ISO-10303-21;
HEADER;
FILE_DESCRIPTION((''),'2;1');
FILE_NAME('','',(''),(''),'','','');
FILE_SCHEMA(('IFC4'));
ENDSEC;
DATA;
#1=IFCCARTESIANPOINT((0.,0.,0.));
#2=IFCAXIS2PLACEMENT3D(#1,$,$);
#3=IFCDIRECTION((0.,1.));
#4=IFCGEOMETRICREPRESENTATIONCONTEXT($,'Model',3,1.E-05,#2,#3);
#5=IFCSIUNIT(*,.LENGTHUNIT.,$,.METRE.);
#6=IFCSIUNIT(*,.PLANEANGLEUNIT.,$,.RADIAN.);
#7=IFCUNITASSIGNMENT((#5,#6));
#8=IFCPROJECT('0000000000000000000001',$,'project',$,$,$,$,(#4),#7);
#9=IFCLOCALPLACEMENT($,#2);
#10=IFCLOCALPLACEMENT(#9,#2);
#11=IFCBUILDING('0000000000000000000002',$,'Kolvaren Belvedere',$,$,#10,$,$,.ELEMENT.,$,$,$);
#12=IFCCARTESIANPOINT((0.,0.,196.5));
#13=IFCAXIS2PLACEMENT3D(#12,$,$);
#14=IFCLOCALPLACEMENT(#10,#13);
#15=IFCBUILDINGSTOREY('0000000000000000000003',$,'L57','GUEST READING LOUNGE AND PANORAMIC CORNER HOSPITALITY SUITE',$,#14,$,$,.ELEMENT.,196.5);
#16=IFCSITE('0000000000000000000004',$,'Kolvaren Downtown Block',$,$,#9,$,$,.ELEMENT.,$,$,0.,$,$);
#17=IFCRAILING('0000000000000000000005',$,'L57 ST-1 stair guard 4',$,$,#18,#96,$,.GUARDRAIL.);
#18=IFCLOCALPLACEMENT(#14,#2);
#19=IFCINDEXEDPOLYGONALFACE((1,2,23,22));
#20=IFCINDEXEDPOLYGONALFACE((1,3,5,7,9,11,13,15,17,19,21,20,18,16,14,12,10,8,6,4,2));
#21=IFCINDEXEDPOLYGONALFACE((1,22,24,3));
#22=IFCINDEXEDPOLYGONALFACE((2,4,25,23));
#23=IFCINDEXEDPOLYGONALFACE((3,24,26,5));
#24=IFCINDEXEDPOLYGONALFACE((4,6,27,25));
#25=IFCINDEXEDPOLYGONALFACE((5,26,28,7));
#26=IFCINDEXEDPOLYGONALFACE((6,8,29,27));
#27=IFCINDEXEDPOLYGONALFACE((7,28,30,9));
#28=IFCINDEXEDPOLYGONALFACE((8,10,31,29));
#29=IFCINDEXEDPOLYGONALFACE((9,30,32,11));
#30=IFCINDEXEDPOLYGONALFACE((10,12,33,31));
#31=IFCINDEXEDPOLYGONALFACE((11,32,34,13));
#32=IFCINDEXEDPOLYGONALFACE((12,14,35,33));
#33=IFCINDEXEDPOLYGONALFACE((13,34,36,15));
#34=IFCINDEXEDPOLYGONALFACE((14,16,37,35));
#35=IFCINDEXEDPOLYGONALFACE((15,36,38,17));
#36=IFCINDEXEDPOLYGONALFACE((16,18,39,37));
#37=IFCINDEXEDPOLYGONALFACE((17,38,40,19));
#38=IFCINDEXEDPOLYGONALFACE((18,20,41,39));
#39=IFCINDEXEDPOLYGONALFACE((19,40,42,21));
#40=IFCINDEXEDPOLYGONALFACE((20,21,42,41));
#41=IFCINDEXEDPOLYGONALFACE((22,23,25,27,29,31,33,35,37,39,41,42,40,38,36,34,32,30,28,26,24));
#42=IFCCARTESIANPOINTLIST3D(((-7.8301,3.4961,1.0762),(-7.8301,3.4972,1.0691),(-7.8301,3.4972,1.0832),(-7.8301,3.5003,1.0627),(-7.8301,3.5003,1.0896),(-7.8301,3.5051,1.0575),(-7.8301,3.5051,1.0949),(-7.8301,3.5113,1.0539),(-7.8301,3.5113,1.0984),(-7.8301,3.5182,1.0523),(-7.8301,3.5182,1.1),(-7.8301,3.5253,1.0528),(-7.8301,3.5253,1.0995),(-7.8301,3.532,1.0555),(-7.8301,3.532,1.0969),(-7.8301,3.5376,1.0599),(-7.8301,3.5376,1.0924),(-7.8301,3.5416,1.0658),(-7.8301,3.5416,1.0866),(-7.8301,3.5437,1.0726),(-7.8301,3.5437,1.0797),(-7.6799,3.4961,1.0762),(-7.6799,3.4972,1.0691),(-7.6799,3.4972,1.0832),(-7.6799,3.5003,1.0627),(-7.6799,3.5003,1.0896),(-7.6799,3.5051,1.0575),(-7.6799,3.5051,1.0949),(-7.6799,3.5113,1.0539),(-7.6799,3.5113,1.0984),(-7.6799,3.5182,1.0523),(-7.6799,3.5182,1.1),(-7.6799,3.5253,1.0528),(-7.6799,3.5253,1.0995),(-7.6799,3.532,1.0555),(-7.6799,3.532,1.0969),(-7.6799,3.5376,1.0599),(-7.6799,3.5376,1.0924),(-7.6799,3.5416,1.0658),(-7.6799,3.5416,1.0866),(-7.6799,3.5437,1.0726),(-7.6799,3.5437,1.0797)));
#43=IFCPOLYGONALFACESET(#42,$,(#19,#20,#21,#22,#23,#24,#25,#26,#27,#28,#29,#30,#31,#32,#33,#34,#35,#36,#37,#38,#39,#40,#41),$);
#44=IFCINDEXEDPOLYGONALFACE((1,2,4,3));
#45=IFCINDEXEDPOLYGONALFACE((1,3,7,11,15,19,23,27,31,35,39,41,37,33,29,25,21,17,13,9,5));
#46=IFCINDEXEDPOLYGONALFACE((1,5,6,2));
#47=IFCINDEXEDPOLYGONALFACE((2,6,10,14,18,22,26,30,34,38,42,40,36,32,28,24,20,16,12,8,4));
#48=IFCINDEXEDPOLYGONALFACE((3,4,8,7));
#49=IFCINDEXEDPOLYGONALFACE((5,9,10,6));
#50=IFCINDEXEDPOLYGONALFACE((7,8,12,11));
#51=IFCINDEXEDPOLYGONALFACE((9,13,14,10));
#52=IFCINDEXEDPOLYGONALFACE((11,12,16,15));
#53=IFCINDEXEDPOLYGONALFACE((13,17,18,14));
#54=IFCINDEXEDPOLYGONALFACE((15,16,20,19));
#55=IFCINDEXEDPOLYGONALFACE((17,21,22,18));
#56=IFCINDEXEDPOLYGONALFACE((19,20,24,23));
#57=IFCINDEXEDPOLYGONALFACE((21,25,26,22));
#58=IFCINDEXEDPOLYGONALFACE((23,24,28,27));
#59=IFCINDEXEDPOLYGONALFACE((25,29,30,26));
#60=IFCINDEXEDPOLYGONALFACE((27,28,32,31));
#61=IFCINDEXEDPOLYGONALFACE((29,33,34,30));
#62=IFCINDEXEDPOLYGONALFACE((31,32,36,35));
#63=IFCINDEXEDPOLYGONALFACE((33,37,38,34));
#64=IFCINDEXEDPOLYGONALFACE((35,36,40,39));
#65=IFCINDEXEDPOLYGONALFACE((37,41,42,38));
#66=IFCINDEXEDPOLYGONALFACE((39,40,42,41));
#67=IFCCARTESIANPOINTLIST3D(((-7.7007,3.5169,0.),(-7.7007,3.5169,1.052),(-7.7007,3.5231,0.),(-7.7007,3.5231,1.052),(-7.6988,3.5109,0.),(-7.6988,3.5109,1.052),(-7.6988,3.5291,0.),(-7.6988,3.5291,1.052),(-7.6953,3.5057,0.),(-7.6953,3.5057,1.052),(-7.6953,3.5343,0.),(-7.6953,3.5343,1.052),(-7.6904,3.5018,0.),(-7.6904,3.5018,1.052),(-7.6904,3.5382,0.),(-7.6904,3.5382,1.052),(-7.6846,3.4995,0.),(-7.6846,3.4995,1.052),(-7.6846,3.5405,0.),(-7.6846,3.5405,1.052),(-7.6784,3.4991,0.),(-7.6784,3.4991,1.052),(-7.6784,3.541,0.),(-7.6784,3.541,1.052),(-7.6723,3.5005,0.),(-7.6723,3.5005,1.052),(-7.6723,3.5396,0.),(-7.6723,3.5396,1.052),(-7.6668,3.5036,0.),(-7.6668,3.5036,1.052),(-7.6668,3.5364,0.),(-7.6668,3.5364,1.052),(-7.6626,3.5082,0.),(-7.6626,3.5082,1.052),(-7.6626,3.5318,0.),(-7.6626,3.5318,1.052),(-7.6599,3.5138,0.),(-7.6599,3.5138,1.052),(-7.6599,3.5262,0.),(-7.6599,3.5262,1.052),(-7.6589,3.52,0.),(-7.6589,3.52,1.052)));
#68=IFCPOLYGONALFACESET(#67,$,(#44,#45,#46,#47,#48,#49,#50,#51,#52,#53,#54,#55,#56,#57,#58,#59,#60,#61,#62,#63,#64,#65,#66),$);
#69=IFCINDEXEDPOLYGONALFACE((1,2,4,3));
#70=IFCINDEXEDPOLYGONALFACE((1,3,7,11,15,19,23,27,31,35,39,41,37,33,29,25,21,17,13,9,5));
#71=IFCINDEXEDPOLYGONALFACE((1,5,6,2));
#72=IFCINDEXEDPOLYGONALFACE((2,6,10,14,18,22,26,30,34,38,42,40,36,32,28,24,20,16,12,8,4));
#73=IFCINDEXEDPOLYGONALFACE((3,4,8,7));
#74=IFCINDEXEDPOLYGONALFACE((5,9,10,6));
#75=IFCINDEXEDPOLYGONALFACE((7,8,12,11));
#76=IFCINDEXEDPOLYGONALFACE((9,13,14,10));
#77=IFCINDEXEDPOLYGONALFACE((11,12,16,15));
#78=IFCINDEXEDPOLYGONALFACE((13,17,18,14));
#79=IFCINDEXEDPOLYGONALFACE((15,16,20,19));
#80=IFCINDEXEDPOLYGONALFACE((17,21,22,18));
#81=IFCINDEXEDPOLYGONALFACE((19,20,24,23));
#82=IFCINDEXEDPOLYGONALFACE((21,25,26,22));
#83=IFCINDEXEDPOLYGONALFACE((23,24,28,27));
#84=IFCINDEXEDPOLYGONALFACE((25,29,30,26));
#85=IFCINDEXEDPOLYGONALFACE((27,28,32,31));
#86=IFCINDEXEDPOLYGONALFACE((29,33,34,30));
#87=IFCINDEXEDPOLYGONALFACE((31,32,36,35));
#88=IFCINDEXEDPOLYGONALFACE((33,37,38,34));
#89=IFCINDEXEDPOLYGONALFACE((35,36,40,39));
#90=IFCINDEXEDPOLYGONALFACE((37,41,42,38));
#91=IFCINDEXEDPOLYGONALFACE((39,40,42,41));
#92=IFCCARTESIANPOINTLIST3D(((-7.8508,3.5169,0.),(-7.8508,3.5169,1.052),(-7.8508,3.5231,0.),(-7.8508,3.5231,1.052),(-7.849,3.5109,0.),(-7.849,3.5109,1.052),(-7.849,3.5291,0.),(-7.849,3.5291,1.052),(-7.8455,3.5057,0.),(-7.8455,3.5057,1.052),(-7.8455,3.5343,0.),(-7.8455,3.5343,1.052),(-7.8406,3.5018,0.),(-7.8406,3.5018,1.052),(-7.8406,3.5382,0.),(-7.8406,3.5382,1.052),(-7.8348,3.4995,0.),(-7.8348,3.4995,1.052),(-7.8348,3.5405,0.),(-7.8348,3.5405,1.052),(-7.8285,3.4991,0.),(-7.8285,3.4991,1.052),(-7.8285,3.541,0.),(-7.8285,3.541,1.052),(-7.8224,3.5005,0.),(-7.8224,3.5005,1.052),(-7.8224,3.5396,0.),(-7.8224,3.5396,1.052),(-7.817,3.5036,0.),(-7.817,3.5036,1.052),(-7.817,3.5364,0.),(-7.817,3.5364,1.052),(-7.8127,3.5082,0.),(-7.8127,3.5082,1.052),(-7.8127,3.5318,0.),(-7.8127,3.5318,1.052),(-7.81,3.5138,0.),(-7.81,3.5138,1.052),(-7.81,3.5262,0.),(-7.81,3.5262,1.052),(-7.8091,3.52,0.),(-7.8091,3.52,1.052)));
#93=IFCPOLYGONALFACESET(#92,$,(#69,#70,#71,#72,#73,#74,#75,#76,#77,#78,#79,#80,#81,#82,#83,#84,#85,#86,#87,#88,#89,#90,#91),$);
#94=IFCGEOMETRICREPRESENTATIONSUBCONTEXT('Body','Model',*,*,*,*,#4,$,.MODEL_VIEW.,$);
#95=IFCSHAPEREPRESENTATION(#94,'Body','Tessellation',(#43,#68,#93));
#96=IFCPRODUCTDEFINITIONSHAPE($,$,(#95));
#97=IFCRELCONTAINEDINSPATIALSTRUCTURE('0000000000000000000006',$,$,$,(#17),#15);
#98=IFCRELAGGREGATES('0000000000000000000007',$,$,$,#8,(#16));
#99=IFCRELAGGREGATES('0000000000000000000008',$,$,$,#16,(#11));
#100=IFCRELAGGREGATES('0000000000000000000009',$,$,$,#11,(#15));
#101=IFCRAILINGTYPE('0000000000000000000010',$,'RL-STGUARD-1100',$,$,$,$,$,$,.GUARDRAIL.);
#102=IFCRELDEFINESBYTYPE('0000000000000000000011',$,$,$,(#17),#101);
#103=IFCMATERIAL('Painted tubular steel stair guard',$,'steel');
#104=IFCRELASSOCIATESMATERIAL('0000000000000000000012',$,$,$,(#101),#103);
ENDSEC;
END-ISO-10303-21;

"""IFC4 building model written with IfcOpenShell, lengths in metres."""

from ifc_helpers import new_model, si_unit, direction, frame, origin, origin_2d, place, context, subcontext, project, spatial, circle, extrude, material, type_object, element, save


model = new_model("IFC4")

# Units and contexts
model_context = context("Model", 3, precision=1e-05, world=origin(), true_north=direction((0.0, 1.0)))
body_context = subcontext(model_context, "Body", "Model", "MODEL_VIEW")
ifc_project = project(units=[si_unit("LENGTHUNIT", "METRE"), si_unit("PLANEANGLEUNIT", "RADIAN")], contexts=[model_context])

# Site, building, storey
site_placement = place(None, origin())
site = spatial("IfcSite", under=ifc_project, at=site_placement, Name="Kolvaren Downtown Block", CompositionType="ELEMENT", RefElevation=0.0)
building_placement = place(site_placement, origin())
building = spatial("IfcBuilding", under=site, at=building_placement, Name="Kolvaren Belvedere", CompositionType="ELEMENT")
storey_placement = place(building_placement, frame((0.0, 0.0, 196.5)))
storey = spatial("IfcBuildingStorey", under=building, at=storey_placement, Name="L57", Description="GUEST READING LOUNGE AND PANORAMIC CORNER HOSPITALITY SUITE", CompositionType="ELEMENT", Elevation=196.5)

# Railing
ifc_material_1 = material(Name="Painted tubular steel stair guard", Category="steel")
railing_type_1 = type_object("IfcRailingType", Name="RL-STGUARD-1100", PredefinedType="GUARDRAIL", material=ifc_material_1)
railing_1_placement = place(storey_placement, frame((-7.6799, 3.52, 0.0)))
element("IfcRailing", 1, at=railing_1_placement, inside=storey, type_object=railing_type_1, Name="L57 ST-1 stair guard 4", PredefinedType="GUARDRAIL", context=body_context, shape_type="SweptSolid", body=[
    extrude(circle(Radius=0.0239, at=origin_2d()), frame((0.0, 0.0, 1.0762), z_axis=(-1.0, 0.0, 0.0), x_axis=(0.0, -1.0, 0.0)), (0.0, 0.0, 1.0), 0.1501),
    extrude(circle(Radius=0.021, at=origin_2d()), origin(), (0.0, 0.0, 1.0), 1.052),
    extrude(circle(Radius=0.021, at=origin_2d()), frame((-0.1501, 0.0, 0.0)), (0.0, 0.0, 1.0), 1.052),
])

save(model, "model.ifc")
